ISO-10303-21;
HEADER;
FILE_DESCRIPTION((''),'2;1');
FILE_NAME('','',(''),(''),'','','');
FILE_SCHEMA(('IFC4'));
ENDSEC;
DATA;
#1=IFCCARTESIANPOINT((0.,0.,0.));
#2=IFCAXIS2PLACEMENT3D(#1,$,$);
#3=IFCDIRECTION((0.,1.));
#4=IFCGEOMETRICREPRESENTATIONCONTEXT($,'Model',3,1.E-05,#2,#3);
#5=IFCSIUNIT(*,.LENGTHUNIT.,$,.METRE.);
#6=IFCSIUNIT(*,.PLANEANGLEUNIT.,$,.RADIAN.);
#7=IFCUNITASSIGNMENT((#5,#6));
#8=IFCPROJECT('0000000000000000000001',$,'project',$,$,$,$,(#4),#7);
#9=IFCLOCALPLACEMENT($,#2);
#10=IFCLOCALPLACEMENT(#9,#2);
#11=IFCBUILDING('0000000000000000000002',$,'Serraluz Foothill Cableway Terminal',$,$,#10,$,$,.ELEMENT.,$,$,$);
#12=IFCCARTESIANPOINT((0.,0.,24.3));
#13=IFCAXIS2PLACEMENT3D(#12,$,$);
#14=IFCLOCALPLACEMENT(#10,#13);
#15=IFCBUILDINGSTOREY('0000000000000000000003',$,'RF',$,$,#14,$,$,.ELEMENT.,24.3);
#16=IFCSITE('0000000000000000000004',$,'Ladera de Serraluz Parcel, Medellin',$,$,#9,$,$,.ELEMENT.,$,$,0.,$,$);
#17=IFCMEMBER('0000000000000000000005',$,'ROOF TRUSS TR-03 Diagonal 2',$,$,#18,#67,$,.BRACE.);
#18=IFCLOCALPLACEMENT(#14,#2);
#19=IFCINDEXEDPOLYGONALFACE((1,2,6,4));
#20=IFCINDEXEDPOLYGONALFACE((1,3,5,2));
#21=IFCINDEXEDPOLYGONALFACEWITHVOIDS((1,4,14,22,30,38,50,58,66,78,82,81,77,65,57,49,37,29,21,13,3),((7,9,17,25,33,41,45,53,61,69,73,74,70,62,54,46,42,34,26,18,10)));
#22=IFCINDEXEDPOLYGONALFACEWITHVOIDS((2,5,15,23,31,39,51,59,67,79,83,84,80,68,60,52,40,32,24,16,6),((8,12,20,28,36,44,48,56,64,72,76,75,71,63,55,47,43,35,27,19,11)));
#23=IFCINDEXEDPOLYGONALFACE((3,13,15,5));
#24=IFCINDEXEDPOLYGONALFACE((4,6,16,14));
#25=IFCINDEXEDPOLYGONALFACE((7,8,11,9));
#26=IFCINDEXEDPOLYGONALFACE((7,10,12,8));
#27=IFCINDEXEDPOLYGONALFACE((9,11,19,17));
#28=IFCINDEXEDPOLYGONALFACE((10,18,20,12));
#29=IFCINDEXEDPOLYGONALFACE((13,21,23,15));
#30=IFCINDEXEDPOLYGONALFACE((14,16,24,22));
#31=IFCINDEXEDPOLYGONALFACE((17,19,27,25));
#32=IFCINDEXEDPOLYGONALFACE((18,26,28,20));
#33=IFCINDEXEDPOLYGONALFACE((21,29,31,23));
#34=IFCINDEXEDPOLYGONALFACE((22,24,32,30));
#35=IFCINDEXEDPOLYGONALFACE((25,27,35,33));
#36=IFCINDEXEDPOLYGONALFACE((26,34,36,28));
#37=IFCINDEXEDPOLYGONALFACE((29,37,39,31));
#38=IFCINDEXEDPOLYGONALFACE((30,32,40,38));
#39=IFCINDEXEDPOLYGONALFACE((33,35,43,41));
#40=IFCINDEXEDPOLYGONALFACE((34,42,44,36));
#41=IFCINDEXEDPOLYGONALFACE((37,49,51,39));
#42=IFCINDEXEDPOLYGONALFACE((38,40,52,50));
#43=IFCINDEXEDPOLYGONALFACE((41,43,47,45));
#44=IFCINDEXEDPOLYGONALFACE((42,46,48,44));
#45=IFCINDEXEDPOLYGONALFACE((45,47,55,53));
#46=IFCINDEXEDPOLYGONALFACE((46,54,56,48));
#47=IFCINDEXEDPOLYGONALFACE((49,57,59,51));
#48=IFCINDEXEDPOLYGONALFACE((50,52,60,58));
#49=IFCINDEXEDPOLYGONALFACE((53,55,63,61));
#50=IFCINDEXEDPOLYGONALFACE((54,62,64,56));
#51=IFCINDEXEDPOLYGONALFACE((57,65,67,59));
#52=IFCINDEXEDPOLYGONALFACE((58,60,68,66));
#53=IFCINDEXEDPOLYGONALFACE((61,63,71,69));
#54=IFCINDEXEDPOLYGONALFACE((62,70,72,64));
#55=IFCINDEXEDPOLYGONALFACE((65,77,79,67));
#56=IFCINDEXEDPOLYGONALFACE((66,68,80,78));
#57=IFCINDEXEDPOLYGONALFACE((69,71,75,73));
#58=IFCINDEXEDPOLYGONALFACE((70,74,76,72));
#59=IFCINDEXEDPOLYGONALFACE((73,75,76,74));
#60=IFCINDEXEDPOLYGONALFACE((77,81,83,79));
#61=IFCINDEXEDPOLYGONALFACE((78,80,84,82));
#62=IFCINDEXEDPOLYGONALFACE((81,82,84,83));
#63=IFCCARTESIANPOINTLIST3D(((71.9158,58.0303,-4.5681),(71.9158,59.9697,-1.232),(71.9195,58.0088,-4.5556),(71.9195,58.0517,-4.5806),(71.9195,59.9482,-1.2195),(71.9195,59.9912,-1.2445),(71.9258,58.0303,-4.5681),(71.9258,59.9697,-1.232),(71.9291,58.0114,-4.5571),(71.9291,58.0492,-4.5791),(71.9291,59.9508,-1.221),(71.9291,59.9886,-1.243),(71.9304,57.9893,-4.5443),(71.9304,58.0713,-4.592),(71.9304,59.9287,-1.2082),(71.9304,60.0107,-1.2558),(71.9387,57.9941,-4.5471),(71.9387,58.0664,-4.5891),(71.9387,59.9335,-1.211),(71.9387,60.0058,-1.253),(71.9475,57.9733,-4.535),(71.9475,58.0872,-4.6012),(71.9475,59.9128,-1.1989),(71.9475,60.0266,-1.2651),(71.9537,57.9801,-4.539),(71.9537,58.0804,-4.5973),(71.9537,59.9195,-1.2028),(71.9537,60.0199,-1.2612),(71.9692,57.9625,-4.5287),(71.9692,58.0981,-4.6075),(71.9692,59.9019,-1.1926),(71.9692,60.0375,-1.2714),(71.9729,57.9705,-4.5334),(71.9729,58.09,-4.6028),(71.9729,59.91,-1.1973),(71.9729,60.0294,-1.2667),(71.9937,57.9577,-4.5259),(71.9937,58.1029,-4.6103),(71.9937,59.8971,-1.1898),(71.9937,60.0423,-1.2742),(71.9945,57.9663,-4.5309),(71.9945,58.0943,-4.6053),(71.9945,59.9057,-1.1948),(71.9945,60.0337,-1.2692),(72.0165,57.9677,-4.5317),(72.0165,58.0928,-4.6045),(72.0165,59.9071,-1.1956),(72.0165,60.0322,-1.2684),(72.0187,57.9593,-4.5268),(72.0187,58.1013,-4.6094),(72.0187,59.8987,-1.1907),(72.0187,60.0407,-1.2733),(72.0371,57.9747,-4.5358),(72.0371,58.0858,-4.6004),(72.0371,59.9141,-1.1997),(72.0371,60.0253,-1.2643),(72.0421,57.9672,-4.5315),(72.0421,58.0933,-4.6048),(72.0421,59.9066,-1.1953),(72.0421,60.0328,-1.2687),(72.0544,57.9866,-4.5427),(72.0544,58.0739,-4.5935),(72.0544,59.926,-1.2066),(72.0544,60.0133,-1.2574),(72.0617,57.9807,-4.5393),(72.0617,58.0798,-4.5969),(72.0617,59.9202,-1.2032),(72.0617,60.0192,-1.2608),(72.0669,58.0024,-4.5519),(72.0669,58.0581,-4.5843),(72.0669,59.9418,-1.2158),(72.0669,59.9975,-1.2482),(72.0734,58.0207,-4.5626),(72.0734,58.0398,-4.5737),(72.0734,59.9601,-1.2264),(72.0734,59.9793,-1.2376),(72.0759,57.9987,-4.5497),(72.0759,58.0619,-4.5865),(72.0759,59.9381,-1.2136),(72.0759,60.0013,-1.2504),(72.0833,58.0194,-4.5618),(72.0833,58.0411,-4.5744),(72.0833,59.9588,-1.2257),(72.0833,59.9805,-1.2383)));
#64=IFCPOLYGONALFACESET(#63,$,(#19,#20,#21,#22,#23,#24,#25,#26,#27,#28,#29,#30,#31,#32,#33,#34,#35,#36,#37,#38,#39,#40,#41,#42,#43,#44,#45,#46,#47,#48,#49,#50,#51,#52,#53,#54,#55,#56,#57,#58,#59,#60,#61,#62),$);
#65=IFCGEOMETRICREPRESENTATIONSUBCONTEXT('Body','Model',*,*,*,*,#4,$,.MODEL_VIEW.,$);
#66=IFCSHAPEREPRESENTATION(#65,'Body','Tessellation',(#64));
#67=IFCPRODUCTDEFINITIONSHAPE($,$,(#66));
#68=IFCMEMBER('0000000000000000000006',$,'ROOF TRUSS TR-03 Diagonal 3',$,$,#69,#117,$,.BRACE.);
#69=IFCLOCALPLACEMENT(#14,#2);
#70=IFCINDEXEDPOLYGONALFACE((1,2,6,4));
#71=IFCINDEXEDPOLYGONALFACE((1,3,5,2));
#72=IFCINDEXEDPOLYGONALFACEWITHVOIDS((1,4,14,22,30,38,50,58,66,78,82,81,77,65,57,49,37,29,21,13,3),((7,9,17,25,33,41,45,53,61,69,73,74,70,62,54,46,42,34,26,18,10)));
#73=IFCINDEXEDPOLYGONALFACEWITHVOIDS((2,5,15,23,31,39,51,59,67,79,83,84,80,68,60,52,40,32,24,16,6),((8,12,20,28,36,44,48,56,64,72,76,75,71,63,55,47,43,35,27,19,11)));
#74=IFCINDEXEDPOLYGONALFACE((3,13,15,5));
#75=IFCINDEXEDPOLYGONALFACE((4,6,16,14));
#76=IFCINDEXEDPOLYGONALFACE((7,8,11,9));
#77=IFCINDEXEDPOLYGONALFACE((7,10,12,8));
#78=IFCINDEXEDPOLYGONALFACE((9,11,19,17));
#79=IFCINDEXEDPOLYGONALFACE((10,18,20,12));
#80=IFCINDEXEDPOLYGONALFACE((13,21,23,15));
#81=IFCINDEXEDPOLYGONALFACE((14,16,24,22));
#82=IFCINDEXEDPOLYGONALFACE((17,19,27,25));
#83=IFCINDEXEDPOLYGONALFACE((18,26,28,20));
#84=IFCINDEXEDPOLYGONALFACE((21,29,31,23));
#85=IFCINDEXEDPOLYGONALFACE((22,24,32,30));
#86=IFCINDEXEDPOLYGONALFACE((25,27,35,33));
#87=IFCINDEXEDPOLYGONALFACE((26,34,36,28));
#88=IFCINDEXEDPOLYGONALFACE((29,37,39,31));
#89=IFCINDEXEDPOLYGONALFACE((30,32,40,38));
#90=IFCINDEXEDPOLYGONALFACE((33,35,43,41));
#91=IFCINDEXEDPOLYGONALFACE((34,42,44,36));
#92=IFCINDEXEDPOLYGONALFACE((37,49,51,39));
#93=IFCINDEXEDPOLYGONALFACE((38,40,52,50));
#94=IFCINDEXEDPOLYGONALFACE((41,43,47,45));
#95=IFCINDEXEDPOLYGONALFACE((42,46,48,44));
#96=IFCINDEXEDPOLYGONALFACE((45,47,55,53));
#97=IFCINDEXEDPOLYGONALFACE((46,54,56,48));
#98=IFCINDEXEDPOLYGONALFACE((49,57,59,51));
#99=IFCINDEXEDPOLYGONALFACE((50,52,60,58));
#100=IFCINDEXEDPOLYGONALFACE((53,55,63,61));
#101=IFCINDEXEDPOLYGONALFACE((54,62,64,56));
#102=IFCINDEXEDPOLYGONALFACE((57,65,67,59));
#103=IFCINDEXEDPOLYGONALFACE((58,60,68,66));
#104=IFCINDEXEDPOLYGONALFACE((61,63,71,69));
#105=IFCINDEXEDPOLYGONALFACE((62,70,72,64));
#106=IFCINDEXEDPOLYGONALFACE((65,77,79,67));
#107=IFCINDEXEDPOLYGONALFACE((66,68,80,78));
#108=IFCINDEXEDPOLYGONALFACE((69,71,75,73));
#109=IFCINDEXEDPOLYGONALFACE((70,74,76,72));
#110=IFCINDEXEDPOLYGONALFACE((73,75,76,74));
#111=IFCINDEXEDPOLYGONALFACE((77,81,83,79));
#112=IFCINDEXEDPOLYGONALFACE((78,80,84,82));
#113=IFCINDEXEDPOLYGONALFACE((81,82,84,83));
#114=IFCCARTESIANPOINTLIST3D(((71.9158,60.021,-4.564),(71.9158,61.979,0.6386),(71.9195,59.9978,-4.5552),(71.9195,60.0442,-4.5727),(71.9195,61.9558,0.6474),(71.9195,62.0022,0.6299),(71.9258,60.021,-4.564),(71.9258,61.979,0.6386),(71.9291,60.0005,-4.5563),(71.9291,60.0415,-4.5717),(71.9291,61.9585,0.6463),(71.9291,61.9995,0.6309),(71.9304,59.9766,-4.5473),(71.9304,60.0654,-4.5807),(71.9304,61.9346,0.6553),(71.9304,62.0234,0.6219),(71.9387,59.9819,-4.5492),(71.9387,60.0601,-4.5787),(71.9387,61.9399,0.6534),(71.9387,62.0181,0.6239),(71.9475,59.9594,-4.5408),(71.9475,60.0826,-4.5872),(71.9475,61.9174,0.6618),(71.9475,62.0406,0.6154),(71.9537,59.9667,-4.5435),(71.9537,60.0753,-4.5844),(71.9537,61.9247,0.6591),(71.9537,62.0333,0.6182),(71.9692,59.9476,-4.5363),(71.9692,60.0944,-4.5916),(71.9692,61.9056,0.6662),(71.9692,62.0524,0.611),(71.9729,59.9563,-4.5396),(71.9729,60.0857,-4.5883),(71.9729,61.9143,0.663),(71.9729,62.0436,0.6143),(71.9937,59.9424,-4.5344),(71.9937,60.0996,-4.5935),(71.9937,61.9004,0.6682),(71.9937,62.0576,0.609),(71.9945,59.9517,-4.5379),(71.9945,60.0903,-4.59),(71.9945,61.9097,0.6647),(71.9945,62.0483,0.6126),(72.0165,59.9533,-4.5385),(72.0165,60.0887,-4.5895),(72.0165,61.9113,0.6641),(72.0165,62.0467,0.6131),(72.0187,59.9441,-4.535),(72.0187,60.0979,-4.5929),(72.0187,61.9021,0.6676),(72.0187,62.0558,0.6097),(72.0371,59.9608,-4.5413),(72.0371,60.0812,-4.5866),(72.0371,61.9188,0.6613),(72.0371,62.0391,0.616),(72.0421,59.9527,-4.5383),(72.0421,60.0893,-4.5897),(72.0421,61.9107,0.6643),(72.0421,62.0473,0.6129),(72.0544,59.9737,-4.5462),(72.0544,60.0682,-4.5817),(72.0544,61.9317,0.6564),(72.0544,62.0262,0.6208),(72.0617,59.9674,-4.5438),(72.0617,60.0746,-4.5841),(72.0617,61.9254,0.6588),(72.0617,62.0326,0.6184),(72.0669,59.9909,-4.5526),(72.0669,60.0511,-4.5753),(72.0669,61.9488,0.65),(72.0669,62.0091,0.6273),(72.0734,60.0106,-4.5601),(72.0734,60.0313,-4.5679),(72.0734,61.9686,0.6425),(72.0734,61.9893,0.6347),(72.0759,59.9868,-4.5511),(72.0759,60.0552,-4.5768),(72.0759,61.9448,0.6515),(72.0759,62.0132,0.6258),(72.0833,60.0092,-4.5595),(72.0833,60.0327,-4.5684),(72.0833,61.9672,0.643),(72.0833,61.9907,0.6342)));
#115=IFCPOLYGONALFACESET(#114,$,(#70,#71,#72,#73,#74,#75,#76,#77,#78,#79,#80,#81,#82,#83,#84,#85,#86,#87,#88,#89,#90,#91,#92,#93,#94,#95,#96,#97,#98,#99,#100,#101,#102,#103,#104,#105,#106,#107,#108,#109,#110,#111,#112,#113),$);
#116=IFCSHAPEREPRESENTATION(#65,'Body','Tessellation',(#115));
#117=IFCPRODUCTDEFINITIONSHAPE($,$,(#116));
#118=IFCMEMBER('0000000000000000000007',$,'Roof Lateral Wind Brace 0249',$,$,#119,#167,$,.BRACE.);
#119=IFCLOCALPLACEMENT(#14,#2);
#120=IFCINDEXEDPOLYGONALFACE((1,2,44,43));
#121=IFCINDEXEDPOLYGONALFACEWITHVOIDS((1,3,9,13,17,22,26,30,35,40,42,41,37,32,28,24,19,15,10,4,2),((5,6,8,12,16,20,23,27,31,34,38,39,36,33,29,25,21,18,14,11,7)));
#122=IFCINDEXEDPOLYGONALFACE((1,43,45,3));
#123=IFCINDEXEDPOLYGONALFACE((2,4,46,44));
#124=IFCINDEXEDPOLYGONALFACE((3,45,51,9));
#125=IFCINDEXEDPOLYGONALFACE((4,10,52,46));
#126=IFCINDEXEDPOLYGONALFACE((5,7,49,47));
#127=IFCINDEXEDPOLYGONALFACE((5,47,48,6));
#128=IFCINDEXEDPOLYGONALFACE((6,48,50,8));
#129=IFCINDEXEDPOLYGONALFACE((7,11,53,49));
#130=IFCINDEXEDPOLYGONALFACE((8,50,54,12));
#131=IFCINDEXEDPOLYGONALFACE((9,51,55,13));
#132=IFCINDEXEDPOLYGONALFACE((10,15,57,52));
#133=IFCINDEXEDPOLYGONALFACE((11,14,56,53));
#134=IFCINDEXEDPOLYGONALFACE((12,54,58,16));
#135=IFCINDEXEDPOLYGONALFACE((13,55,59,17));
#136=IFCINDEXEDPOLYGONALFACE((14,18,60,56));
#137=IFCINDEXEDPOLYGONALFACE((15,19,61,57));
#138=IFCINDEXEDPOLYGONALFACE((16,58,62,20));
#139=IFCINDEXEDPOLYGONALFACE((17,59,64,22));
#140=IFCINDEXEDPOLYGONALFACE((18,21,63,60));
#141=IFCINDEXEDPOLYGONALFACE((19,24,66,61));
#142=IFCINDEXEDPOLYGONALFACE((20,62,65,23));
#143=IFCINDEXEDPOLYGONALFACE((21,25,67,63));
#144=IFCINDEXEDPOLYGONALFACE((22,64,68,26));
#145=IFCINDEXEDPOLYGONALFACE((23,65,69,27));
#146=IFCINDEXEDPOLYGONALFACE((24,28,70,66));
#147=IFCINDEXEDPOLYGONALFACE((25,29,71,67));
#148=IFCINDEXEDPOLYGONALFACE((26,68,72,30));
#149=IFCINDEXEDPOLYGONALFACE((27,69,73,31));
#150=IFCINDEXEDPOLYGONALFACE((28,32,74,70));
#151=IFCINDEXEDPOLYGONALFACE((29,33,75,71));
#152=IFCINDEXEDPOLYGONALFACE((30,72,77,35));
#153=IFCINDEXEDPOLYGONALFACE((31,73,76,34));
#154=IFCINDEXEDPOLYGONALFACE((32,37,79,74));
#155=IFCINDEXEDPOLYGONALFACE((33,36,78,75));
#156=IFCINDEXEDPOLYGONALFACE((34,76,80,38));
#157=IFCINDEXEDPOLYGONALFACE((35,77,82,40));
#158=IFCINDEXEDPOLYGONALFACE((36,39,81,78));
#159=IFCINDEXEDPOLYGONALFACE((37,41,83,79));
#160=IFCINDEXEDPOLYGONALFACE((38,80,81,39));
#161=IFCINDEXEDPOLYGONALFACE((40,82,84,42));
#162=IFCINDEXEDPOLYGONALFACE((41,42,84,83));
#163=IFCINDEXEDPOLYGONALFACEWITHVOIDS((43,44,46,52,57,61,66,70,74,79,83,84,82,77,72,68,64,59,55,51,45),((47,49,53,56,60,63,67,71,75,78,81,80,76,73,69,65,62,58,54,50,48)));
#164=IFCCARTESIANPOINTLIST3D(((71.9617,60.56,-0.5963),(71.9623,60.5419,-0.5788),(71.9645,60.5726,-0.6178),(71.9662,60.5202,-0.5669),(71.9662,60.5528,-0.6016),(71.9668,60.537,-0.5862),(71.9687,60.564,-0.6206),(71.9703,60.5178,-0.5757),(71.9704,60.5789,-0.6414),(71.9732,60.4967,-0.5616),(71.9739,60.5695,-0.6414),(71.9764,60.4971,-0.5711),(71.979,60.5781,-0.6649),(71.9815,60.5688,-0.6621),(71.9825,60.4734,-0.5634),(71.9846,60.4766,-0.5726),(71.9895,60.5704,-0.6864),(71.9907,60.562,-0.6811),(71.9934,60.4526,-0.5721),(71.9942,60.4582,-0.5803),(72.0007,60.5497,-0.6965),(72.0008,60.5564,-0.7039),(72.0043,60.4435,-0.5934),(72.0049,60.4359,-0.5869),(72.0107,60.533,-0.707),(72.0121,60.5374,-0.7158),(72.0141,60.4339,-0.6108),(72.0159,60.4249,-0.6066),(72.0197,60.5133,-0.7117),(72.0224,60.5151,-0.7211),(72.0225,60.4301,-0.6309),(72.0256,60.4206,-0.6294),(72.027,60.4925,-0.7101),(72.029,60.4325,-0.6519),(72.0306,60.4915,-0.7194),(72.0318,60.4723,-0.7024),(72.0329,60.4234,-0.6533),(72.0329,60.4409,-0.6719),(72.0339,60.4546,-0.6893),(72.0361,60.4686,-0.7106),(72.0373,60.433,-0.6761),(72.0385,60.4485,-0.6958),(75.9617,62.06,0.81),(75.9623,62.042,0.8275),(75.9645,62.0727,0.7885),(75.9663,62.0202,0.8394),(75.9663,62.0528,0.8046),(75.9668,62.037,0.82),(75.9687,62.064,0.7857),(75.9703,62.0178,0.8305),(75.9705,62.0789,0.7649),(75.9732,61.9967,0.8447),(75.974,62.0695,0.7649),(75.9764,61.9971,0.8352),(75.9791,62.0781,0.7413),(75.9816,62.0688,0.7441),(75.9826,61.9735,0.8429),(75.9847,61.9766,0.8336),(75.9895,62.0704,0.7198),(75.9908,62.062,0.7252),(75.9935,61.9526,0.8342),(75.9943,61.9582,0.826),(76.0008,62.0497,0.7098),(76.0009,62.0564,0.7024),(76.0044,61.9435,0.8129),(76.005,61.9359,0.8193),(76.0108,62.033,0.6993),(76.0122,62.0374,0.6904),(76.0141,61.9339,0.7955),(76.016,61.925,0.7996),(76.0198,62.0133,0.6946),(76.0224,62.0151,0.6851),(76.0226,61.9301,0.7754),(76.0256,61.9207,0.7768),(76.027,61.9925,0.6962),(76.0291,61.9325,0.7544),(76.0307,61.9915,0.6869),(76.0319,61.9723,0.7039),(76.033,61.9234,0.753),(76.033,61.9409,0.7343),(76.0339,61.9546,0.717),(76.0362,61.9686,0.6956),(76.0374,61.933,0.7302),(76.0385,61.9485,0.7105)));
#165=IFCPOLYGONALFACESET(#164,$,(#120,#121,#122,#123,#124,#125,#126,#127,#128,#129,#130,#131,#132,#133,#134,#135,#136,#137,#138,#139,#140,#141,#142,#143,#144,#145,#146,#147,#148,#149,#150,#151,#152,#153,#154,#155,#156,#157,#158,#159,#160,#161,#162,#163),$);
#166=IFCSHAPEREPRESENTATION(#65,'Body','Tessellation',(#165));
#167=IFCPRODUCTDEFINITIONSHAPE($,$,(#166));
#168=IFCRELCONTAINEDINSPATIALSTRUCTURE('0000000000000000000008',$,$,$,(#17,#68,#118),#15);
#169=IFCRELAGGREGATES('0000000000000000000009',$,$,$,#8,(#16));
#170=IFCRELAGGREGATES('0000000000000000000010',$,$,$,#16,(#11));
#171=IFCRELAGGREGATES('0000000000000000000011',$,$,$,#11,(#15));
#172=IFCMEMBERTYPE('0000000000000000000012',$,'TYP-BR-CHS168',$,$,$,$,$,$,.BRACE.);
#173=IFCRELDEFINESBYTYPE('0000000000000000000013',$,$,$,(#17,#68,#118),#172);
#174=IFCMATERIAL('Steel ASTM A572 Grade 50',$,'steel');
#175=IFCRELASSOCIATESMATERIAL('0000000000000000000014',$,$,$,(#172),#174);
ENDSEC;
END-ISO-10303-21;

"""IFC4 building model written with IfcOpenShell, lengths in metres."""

from ifc_helpers import new_model, si_unit, direction, frame, origin, origin_2d, place, context, subcontext, project, spatial, hollow_circle, extrude, material, material_profile, profile_set, type_object, element, save


model = new_model("IFC4")

# Units and contexts
model_context = context("Model", 3, precision=1e-05, world=origin(), true_north=direction((0.0, 1.0)))
body_context = subcontext(model_context, "Body", "Model", "MODEL_VIEW")
ifc_project = project(units=[si_unit("LENGTHUNIT", "METRE"), si_unit("PLANEANGLEUNIT", "RADIAN")], contexts=[model_context])

# Site, building, storey
site_placement = place(None, origin())
site = spatial("IfcSite", under=ifc_project, at=site_placement, Name="Ladera de Serraluz Parcel, Medellin", CompositionType="ELEMENT", RefElevation=0.0)
building_placement = place(site_placement, origin())
building = spatial("IfcBuilding", under=site, at=building_placement, Name="Serraluz Foothill Cableway Terminal", CompositionType="ELEMENT")
storey_placement = place(building_placement, frame((0.0, 0.0, 24.3)))
storey = spatial("IfcBuildingStorey", under=building, at=storey_placement, Name="RF", CompositionType="ELEMENT", Elevation=24.3)

# Members
ifc_material_1 = material(Name="Steel ASTM A572 Grade 50", Category="steel")
ifc_material_profile_1 = material_profile(ifc_material_1, hollow_circle(Radius=0.0842, WallThickness=0.01, at=origin_2d()), Name="CHS168X10")
ifc_profile_set_1 = profile_set([ifc_material_profile_1], Name="Steel ASTM A572 Grade 50")
member_type_1 = type_object("IfcMemberType", Name="TYP-BR-CHS168", PredefinedType="BRACE", material=ifc_profile_set_1)
member_1_placement = place(storey_placement, frame((72.0, 58.0303, -4.5681), z_axis=(0.0, 0.502584, 0.864528), x_axis=(-1.0, 0.0, 0.0)))
element("IfcMember", 1, at=member_1_placement, inside=storey, type_object=member_type_1, Name="ROOF TRUSS TR-03 Diagonal 2", PredefinedType="BRACE", context=body_context, shape_type="SweptSolid", body=[
    extrude(hollow_circle(Radius=0.0842, WallThickness=0.01, at=origin_2d()), origin(), (0.0, 0.0, 1.0), 3.8589),
])
member_2_placement = place(storey_placement, frame((72.0, 60.021, -4.564), z_axis=(0.0, 0.35223, 0.935913), x_axis=(-1.0, 0.0, 0.0)))
element("IfcMember", 2, at=member_2_placement, inside=storey, type_object=member_type_1, Name="ROOF TRUSS TR-03 Diagonal 3", PredefinedType="BRACE", context=body_context, shape_type="SweptSolid", body=[
    extrude(hollow_circle(Radius=0.0842, WallThickness=0.01, at=origin_2d()), origin(), (0.0, 0.0, 1.0), 5.5588),
])
member_3_placement = place(storey_placement, frame((72.0, 60.5, -0.6414), z_axis=(0.889382, 0.333518, 0.312673), x_axis=(-0.351123, 0.936329, 0.0)))
element("IfcMember", 3, at=member_3_placement, inside=storey, type_object=member_type_1, Name="Roof Lateral Wind Brace 0249", PredefinedType="BRACE", context=body_context, shape_type="SweptSolid", body=[
    extrude(hollow_circle(Radius=0.0842, WallThickness=0.01, at=origin_2d()), origin(), (0.0, 0.0, 1.0), 4.4976),
])

save(model, "model.ifc")
